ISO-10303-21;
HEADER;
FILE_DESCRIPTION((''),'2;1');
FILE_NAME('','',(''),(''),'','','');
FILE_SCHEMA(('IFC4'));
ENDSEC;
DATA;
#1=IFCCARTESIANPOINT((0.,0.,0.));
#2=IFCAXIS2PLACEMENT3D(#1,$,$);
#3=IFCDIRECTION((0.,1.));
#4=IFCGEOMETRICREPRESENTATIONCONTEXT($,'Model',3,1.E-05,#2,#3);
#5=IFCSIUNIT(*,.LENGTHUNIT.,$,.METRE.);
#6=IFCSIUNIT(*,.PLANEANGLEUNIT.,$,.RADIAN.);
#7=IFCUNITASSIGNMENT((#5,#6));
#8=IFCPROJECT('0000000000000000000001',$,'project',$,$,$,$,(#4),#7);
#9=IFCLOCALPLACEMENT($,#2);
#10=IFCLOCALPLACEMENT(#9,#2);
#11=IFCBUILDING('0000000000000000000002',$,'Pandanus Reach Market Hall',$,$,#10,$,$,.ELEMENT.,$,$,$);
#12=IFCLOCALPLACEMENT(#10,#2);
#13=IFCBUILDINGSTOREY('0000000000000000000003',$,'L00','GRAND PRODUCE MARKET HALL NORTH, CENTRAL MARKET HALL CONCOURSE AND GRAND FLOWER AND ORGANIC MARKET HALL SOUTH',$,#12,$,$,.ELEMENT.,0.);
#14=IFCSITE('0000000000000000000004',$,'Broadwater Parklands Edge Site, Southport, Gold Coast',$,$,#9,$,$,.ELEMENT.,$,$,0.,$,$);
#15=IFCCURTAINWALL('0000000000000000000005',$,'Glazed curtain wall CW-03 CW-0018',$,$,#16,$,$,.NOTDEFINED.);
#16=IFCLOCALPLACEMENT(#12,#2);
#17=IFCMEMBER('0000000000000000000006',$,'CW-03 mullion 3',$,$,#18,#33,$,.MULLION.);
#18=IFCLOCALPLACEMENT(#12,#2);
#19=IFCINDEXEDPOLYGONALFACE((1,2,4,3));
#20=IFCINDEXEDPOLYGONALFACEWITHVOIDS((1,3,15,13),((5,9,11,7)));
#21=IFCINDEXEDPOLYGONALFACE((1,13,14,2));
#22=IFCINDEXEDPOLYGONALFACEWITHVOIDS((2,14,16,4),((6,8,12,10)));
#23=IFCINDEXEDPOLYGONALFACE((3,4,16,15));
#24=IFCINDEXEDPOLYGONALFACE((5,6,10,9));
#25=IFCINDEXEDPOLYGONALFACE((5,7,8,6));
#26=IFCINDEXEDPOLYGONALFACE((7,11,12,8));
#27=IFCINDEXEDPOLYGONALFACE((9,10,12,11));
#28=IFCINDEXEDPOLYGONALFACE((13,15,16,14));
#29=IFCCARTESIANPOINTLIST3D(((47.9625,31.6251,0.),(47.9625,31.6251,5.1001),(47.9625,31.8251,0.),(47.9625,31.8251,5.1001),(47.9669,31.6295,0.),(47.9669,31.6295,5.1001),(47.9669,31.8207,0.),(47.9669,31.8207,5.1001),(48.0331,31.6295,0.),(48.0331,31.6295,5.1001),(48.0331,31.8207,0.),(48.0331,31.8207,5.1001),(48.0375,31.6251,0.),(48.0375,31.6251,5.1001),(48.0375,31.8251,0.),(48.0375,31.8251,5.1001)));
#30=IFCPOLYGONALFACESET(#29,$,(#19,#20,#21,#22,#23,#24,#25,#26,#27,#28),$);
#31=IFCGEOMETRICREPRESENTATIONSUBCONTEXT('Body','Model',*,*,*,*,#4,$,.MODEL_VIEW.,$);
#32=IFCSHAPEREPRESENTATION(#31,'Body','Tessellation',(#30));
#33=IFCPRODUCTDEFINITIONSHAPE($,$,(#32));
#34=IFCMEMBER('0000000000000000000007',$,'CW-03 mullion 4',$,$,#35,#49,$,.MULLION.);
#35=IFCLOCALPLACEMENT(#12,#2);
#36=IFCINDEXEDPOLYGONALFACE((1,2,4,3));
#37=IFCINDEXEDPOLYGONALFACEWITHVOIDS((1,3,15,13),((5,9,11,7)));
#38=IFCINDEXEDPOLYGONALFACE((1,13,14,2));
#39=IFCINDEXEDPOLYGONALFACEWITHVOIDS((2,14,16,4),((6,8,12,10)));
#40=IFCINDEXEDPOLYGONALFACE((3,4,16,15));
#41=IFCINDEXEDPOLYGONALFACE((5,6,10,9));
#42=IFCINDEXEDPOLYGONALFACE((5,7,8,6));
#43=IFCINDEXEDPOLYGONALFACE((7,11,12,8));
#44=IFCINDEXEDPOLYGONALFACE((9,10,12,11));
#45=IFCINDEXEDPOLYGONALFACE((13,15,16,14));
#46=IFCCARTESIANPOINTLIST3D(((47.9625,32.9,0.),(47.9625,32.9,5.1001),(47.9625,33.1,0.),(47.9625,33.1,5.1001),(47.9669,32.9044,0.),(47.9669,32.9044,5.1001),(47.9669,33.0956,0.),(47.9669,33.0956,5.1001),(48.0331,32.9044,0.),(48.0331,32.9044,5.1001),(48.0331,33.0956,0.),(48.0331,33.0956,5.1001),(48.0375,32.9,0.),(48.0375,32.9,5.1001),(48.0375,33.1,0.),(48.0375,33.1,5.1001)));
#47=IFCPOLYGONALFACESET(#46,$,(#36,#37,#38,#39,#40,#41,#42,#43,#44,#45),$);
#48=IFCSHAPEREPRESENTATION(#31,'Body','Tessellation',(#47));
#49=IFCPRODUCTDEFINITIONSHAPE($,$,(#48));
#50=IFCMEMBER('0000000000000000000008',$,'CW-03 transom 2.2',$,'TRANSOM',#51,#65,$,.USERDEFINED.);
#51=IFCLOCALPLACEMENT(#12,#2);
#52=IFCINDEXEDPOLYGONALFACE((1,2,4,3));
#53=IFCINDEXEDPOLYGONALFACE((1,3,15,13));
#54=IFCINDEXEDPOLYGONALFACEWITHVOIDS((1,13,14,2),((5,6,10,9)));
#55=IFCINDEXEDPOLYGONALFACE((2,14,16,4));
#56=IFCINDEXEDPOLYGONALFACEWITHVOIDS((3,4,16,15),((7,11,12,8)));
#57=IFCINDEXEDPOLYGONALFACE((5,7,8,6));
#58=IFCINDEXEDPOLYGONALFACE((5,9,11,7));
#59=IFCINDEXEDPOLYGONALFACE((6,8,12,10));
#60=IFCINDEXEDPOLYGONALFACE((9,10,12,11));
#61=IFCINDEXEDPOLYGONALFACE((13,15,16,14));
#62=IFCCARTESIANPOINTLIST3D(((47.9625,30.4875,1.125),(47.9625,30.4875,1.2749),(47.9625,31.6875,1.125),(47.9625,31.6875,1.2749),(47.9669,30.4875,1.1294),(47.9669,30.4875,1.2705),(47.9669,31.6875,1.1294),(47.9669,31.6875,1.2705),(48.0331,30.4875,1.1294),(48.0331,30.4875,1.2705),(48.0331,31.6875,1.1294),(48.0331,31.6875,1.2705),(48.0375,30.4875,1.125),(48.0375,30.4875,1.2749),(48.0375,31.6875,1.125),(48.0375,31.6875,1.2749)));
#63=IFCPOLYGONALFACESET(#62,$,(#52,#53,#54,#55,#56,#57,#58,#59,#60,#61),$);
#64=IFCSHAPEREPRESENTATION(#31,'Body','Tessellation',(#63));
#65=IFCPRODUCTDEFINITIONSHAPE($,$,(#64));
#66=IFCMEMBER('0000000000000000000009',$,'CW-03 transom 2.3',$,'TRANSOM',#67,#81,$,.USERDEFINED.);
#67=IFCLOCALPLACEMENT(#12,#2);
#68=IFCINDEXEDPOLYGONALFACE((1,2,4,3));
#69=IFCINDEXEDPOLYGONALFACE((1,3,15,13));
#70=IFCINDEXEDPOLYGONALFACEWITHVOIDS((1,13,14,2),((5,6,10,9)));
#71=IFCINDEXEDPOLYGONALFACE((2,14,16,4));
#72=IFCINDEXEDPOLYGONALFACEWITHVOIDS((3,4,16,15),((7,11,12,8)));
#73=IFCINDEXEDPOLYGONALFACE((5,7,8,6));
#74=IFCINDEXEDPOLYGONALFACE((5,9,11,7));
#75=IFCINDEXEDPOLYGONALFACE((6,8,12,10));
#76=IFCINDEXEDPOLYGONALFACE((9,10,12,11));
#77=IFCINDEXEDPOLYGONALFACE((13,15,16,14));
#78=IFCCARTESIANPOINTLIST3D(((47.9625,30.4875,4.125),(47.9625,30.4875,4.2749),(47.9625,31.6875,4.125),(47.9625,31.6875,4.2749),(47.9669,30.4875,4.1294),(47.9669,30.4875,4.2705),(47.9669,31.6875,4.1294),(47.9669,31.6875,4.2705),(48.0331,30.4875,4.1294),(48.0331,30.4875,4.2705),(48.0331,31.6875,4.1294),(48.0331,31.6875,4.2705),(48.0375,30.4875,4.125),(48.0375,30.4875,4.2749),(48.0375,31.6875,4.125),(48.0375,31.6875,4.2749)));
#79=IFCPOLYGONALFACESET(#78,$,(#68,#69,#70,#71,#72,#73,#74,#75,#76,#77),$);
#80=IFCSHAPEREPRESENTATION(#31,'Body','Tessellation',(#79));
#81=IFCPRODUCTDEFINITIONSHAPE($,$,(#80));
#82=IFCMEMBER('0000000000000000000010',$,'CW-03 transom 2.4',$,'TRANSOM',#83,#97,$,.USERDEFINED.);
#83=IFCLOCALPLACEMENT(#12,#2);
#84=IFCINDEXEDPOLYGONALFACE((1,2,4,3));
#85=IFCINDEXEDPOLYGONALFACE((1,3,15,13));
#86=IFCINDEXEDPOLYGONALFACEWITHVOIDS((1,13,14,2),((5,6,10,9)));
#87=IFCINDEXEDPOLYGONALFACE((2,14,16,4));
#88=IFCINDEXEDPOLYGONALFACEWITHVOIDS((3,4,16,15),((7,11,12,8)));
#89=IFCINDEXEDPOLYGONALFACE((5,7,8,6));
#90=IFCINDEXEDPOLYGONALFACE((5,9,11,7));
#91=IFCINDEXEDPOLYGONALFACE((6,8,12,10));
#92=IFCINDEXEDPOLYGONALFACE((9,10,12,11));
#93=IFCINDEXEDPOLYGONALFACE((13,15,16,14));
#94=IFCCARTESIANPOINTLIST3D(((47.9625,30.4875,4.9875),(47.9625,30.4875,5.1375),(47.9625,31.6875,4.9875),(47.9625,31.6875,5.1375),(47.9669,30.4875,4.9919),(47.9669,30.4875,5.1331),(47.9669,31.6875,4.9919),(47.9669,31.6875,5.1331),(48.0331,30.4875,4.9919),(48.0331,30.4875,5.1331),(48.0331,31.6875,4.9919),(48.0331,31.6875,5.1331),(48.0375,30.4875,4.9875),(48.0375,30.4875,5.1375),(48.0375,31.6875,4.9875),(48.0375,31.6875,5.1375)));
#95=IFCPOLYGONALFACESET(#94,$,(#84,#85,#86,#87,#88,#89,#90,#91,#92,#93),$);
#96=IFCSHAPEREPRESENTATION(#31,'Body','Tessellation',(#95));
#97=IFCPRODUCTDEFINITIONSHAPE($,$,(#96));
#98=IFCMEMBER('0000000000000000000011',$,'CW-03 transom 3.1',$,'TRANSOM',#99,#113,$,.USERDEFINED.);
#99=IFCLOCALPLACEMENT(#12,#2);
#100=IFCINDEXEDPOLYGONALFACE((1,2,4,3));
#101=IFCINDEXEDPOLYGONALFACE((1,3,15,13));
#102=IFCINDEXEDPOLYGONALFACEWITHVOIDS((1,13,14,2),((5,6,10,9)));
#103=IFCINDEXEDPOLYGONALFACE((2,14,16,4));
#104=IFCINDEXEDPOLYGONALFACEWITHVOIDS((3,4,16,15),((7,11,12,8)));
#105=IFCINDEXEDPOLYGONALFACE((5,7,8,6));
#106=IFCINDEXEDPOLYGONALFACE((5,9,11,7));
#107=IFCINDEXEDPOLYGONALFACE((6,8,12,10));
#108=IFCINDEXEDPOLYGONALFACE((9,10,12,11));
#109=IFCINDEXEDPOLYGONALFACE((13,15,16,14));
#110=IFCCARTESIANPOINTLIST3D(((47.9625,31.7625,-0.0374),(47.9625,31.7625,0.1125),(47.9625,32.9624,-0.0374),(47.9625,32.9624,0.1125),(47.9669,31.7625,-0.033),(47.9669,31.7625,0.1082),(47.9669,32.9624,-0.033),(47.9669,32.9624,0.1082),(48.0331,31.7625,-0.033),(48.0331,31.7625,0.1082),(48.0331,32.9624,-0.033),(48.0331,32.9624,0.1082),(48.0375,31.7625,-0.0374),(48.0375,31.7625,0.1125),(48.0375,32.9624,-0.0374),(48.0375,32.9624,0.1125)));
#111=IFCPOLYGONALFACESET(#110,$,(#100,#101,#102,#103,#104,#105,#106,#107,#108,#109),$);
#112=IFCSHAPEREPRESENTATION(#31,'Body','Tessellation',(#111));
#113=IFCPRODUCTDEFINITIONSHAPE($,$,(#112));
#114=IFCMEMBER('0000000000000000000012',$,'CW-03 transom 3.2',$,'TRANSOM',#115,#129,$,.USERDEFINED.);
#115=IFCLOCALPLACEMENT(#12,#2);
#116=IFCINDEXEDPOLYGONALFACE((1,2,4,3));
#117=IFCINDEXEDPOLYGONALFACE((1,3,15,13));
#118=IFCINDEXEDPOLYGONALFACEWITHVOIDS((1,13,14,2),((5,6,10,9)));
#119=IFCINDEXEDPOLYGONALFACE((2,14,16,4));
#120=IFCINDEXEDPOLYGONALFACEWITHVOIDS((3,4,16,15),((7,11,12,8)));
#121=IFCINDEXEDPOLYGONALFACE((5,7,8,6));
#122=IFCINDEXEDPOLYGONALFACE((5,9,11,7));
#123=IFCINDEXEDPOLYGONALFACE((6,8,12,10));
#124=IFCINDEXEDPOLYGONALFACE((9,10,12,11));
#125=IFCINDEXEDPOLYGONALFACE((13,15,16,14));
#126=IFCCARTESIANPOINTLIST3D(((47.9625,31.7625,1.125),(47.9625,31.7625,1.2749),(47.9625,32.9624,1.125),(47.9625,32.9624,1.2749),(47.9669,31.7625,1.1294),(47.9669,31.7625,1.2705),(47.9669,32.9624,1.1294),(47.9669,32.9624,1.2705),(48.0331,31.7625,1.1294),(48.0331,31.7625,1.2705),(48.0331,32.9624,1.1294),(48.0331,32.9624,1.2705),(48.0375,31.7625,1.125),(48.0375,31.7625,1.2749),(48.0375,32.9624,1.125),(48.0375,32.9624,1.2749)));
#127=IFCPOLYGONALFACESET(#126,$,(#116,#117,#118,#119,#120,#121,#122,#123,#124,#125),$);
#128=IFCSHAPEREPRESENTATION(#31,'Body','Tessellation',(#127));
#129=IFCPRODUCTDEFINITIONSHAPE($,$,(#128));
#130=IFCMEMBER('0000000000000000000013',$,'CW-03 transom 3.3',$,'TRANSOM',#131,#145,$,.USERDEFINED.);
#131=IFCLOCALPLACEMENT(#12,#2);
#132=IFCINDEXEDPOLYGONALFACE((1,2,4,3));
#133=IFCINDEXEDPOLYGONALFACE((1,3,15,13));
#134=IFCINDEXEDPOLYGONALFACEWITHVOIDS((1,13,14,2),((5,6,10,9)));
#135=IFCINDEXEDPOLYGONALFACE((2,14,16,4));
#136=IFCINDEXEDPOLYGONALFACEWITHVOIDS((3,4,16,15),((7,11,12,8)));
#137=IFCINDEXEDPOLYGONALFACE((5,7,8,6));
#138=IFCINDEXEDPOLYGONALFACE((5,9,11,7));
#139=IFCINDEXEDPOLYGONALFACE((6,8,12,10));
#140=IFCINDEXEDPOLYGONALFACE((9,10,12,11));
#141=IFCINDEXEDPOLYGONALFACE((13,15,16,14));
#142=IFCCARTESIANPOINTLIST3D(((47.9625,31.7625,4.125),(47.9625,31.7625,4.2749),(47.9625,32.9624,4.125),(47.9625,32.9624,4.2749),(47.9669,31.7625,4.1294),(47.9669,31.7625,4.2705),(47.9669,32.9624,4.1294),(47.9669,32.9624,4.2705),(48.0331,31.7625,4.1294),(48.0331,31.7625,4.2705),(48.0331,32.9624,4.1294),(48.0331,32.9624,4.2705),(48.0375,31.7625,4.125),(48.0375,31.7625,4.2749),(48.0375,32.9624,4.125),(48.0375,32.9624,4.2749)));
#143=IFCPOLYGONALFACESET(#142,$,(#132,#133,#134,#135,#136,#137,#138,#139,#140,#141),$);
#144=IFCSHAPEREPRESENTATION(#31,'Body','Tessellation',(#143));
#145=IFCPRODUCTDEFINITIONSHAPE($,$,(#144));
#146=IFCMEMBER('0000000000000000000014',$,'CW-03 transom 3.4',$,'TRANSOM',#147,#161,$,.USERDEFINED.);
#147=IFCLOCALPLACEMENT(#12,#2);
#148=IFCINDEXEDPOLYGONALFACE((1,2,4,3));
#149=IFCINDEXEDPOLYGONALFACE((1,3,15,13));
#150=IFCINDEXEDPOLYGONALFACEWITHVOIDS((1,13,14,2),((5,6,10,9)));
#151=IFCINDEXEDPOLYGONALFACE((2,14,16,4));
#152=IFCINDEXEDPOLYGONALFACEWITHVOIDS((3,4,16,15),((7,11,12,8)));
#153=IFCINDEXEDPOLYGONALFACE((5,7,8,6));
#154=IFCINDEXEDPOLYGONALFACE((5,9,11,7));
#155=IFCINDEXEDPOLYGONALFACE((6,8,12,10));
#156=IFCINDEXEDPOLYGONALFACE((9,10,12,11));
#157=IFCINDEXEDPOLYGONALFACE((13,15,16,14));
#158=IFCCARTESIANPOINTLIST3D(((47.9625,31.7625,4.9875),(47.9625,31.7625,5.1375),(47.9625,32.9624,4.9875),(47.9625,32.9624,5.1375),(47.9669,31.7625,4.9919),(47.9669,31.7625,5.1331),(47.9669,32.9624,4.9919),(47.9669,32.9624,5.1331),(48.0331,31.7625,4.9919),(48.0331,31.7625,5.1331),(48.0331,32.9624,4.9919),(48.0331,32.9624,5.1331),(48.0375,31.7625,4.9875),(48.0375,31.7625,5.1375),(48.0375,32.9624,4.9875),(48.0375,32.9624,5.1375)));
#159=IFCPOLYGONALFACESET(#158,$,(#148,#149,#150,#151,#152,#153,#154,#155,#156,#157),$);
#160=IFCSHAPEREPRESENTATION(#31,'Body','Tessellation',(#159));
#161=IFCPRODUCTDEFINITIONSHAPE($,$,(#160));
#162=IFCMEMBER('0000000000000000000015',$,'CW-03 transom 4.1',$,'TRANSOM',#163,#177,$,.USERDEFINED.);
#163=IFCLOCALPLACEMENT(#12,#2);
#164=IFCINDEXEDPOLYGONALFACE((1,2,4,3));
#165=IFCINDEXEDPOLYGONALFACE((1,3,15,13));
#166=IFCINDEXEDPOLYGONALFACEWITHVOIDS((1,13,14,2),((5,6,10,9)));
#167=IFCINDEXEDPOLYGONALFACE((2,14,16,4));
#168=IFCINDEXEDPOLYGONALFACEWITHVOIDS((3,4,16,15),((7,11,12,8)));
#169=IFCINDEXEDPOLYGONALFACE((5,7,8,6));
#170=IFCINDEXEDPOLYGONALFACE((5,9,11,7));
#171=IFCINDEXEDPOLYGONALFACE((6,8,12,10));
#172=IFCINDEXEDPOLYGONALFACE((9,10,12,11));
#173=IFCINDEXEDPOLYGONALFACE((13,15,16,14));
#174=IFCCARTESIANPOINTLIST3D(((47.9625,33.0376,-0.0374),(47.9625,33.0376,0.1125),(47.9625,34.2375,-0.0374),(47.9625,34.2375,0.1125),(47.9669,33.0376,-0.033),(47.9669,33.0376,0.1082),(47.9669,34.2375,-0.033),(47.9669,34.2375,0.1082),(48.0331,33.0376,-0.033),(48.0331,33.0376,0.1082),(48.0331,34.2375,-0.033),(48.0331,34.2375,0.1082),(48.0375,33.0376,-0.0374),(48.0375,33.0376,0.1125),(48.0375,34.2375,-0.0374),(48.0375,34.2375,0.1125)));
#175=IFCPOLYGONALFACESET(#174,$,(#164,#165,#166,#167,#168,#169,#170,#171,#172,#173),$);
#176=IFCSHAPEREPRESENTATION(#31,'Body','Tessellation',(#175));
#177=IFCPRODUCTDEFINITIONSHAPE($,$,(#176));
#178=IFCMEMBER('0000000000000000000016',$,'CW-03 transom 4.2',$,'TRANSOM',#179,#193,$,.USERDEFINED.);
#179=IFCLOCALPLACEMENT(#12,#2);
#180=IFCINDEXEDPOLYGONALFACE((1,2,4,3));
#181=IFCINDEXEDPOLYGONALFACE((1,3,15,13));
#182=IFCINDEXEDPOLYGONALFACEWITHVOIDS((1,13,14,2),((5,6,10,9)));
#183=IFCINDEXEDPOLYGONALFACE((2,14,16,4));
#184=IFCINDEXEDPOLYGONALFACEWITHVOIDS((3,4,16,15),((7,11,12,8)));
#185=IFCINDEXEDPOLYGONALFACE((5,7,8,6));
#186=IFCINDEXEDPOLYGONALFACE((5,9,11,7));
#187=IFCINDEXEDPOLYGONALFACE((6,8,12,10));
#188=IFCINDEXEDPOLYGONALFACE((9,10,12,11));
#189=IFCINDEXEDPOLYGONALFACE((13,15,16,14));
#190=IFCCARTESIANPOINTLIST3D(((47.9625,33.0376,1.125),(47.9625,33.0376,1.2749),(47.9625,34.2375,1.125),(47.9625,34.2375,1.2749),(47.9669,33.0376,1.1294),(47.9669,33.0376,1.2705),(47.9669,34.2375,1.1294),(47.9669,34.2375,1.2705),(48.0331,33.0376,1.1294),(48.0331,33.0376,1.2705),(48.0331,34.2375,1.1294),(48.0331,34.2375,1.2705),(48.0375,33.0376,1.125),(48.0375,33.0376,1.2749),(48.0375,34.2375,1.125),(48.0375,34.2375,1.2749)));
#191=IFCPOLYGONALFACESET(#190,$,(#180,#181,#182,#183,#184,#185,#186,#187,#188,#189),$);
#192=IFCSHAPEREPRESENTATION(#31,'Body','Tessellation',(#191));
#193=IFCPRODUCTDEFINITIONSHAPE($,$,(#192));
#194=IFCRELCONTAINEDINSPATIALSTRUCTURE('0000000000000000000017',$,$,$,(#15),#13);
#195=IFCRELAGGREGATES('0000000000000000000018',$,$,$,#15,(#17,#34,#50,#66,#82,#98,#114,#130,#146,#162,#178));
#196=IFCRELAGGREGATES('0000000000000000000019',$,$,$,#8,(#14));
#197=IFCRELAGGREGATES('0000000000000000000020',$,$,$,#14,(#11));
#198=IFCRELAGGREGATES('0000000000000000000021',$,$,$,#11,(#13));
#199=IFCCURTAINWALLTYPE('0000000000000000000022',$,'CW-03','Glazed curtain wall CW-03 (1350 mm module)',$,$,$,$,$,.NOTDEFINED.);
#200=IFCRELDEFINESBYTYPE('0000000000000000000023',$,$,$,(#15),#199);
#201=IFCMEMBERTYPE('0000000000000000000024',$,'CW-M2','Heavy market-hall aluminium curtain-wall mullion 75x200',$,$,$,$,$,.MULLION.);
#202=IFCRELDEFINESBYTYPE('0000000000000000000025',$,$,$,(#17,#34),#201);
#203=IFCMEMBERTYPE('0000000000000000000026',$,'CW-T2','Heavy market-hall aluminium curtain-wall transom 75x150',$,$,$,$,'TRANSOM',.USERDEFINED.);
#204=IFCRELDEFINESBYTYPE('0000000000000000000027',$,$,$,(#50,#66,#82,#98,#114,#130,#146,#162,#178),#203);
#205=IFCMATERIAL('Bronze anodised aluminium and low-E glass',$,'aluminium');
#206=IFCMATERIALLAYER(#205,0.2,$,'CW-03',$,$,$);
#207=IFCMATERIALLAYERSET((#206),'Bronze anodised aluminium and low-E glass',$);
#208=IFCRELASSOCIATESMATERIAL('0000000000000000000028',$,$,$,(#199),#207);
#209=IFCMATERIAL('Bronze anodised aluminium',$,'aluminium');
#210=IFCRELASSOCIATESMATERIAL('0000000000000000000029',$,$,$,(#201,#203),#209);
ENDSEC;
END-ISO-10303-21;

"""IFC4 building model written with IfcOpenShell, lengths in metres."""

from ifc_helpers import new_model, si_unit, direction, frame, origin, origin_2d, place, context, subcontext, project, spatial, hollow_rectangle, extrude, material, layer, layer_set, material_profile, profile_set, type_object, element, aggregate, save


model = new_model("IFC4")

# Units and contexts
model_context = context("Model", 3, precision=1e-05, world=origin(), true_north=direction((0.0, 1.0)))
body_context = subcontext(model_context, "Body", "Model", "MODEL_VIEW")
ifc_project = project(units=[si_unit("LENGTHUNIT", "METRE"), si_unit("PLANEANGLEUNIT", "RADIAN")], contexts=[model_context])

# Site, building, storey
site_placement = place(None, origin())
site = spatial("IfcSite", under=ifc_project, at=site_placement, Name="Broadwater Parklands Edge Site, Southport, Gold Coast", CompositionType="ELEMENT", RefElevation=0.0)
building_placement = place(site_placement, origin())
building = spatial("IfcBuilding", under=site, at=building_placement, Name="Pandanus Reach Market Hall", CompositionType="ELEMENT")
storey_placement = place(building_placement, origin())
storey = spatial("IfcBuildingStorey", under=building, at=storey_placement, Name="L00", Description="GRAND PRODUCE MARKET HALL NORTH, CENTRAL MARKET HALL CONCOURSE AND GRAND FLOWER AND ORGANIC MARKET HALL SOUTH", CompositionType="ELEMENT", Elevation=0.0)

# Curtain wall, members
ifc_material_1 = material(Name="Bronze anodised aluminium and low-E glass", Category="aluminium")
ifc_layer_1 = layer(ifc_material_1, 0.2, Name="CW-03")
ifc_layer_set_1 = layer_set([ifc_layer_1], Name="Bronze anodised aluminium and low-E glass")
curtain_wall_type = type_object("IfcCurtainWallType", Name="CW-03", Description="Glazed curtain wall CW-03 (1350 mm module)", PredefinedType="NOTDEFINED", material=ifc_layer_set_1)
curtain_wall_placement = place(storey_placement, origin())
curtain_wall = element("IfcCurtainWall", 1, at=curtain_wall_placement, inside=storey, type_object=curtain_wall_type, Name="Glazed curtain wall CW-03 CW-0018", PredefinedType="NOTDEFINED")
ifc_material_2 = material(Name="Bronze anodised aluminium", Category="aluminium")
ifc_material_profile_1 = material_profile(ifc_material_2, hollow_rectangle(XDim=0.075, YDim=0.2, WallThickness=0.0044, at=origin_2d()), Name="ALU75x200", Category="LoadBearing")
ifc_profile_set_1 = profile_set([ifc_material_profile_1], Name="Bronze anodised aluminium")
member_type_1 = type_object("IfcMemberType", Name="CW-M2", Description="Heavy market-hall aluminium curtain-wall mullion 75x200", PredefinedType="MULLION", material=ifc_profile_set_1)
member_1_placement = place(storey_placement, frame((48.0, 31.7251, 0.0), z_axis=(0.0, 0.0, 1.0), x_axis=(-1.0, 0.0, 0.0)))
member_1 = element("IfcMember", 2, at=member_1_placement, type_object=member_type_1, Name="CW-03 mullion 3", PredefinedType="MULLION", context=body_context, shape_type="SweptSolid", body=[
    extrude(hollow_rectangle(XDim=0.075, YDim=0.2, WallThickness=0.0044, at=origin_2d()), origin(), (0.0, 0.0, 1.0), 5.1001),
])
member_2_placement = place(storey_placement, frame((48.0, 33.0, 0.0), z_axis=(0.0, 0.0, 1.0), x_axis=(-1.0, 0.0, 0.0)))
member_2 = element("IfcMember", 3, at=member_2_placement, type_object=member_type_1, Name="CW-03 mullion 4", PredefinedType="MULLION", context=body_context, shape_type="SweptSolid", body=[
    extrude(hollow_rectangle(XDim=0.075, YDim=0.2, WallThickness=0.0044, at=origin_2d()), origin(), (0.0, 0.0, 1.0), 5.1001),
])
ifc_material_profile_2 = material_profile(ifc_material_2, hollow_rectangle(XDim=0.075, YDim=0.1499, WallThickness=0.0044, at=origin_2d()), Name="ALU75x150", Category="LoadBearing")
ifc_profile_set_2 = profile_set([ifc_material_profile_2], Name="Bronze anodised aluminium")
member_type_2 = type_object("IfcMemberType", Name="CW-T2", Description="Heavy market-hall aluminium curtain-wall transom 75x150", ElementType="TRANSOM", PredefinedType="USERDEFINED", material=ifc_profile_set_2)
member_3_placement = place(storey_placement, frame((48.0, 30.4875, 1.2), z_axis=(0.0, 1.0, 0.0), x_axis=(-1.0, 0.0, 0.0)))
member_3 = element("IfcMember", 4, at=member_3_placement, type_object=member_type_2, Name="CW-03 transom 2.2", ObjectType="TRANSOM", PredefinedType="USERDEFINED", context=body_context, shape_type="SweptSolid", body=[
    extrude(hollow_rectangle(XDim=0.075, YDim=0.1499, WallThickness=0.0044, at=origin_2d()), origin(), (0.0, 0.0, 1.0), 1.2),
])
member_4_placement = place(storey_placement, frame((48.0, 30.4875, 4.2), z_axis=(0.0, 1.0, 0.0), x_axis=(-1.0, 0.0, 0.0)))
member_4 = element("IfcMember", 5, at=member_4_placement, type_object=member_type_2, Name="CW-03 transom 2.3", ObjectType="TRANSOM", PredefinedType="USERDEFINED", context=body_context, shape_type="SweptSolid", body=[
    extrude(hollow_rectangle(XDim=0.075, YDim=0.1499, WallThickness=0.0044, at=origin_2d()), origin(), (0.0, 0.0, 1.0), 1.2),
])
member_5_placement = place(storey_placement, frame((48.0, 30.4875, 5.0625), z_axis=(0.0, 1.0, 0.0), x_axis=(-1.0, 0.0, 0.0)))
member_5 = element("IfcMember", 6, at=member_5_placement, type_object=member_type_2, Name="CW-03 transom 2.4", ObjectType="TRANSOM", PredefinedType="USERDEFINED", context=body_context, shape_type="SweptSolid", body=[
    extrude(hollow_rectangle(XDim=0.075, YDim=0.1499, WallThickness=0.0044, at=origin_2d()), origin(), (0.0, 0.0, 1.0), 1.2),
])
member_6_placement = place(storey_placement, frame((48.0, 31.7625, 0.0376), z_axis=(0.0, 1.0, 0.0), x_axis=(-1.0, 0.0, 0.0)))
member_6 = element("IfcMember", 7, at=member_6_placement, type_object=member_type_2, Name="CW-03 transom 3.1", ObjectType="TRANSOM", PredefinedType="USERDEFINED", context=body_context, shape_type="SweptSolid", body=[
    extrude(hollow_rectangle(XDim=0.075, YDim=0.1499, WallThickness=0.0044, at=origin_2d()), origin(), (0.0, 0.0, 1.0), 1.2),
])
member_7_placement = place(storey_placement, frame((48.0, 31.7625, 1.2), z_axis=(0.0, 1.0, 0.0), x_axis=(-1.0, 0.0, 0.0)))
member_7 = element("IfcMember", 8, at=member_7_placement, type_object=member_type_2, Name="CW-03 transom 3.2", ObjectType="TRANSOM", PredefinedType="USERDEFINED", context=body_context, shape_type="SweptSolid", body=[
    extrude(hollow_rectangle(XDim=0.075, YDim=0.1499, WallThickness=0.0044, at=origin_2d()), origin(), (0.0, 0.0, 1.0), 1.2),
])
member_8_placement = place(storey_placement, frame((48.0, 31.7625, 4.2), z_axis=(0.0, 1.0, 0.0), x_axis=(-1.0, 0.0, 0.0)))
member_8 = element("IfcMember", 9, at=member_8_placement, type_object=member_type_2, Name="CW-03 transom 3.3", ObjectType="TRANSOM", PredefinedType="USERDEFINED", context=body_context, shape_type="SweptSolid", body=[
    extrude(hollow_rectangle(XDim=0.075, YDim=0.1499, WallThickness=0.0044, at=origin_2d()), origin(), (0.0, 0.0, 1.0), 1.2),
])
member_9_placement = place(storey_placement, frame((48.0, 31.7625, 5.0625), z_axis=(0.0, 1.0, 0.0), x_axis=(-1.0, 0.0, 0.0)))
member_9 = element("IfcMember", 10, at=member_9_placement, type_object=member_type_2, Name="CW-03 transom 3.4", ObjectType="TRANSOM", PredefinedType="USERDEFINED", context=body_context, shape_type="SweptSolid", body=[
    extrude(hollow_rectangle(XDim=0.075, YDim=0.1499, WallThickness=0.0044, at=origin_2d()), origin(), (0.0, 0.0, 1.0), 1.2),
])
member_10_placement = place(storey_placement, frame((48.0, 33.0376, 0.0376), z_axis=(0.0, 1.0, 0.0), x_axis=(-1.0, 0.0, 0.0)))
member_10 = element("IfcMember", 11, at=member_10_placement, type_object=member_type_2, Name="CW-03 transom 4.1", ObjectType="TRANSOM", PredefinedType="USERDEFINED", context=body_context, shape_type="SweptSolid", body=[
    extrude(hollow_rectangle(XDim=0.075, YDim=0.1499, WallThickness=0.0044, at=origin_2d()), origin(), (0.0, 0.0, 1.0), 1.2),
])
member_11_placement = place(storey_placement, frame((48.0, 33.0376, 1.2), z_axis=(0.0, 1.0, 0.0), x_axis=(-1.0, 0.0, 0.0)))
member_11 = element("IfcMember", 12, at=member_11_placement, type_object=member_type_2, Name="CW-03 transom 4.2", ObjectType="TRANSOM", PredefinedType="USERDEFINED", context=body_context, shape_type="SweptSolid", body=[
    extrude(hollow_rectangle(XDim=0.075, YDim=0.1499, WallThickness=0.0044, at=origin_2d()), origin(), (0.0, 0.0, 1.0), 1.2),
])
aggregate(curtain_wall, [member_1, member_2, member_3, member_4, member_5, member_6, member_7, member_8, member_9, member_10, member_11])

save(model, "model.ifc")
